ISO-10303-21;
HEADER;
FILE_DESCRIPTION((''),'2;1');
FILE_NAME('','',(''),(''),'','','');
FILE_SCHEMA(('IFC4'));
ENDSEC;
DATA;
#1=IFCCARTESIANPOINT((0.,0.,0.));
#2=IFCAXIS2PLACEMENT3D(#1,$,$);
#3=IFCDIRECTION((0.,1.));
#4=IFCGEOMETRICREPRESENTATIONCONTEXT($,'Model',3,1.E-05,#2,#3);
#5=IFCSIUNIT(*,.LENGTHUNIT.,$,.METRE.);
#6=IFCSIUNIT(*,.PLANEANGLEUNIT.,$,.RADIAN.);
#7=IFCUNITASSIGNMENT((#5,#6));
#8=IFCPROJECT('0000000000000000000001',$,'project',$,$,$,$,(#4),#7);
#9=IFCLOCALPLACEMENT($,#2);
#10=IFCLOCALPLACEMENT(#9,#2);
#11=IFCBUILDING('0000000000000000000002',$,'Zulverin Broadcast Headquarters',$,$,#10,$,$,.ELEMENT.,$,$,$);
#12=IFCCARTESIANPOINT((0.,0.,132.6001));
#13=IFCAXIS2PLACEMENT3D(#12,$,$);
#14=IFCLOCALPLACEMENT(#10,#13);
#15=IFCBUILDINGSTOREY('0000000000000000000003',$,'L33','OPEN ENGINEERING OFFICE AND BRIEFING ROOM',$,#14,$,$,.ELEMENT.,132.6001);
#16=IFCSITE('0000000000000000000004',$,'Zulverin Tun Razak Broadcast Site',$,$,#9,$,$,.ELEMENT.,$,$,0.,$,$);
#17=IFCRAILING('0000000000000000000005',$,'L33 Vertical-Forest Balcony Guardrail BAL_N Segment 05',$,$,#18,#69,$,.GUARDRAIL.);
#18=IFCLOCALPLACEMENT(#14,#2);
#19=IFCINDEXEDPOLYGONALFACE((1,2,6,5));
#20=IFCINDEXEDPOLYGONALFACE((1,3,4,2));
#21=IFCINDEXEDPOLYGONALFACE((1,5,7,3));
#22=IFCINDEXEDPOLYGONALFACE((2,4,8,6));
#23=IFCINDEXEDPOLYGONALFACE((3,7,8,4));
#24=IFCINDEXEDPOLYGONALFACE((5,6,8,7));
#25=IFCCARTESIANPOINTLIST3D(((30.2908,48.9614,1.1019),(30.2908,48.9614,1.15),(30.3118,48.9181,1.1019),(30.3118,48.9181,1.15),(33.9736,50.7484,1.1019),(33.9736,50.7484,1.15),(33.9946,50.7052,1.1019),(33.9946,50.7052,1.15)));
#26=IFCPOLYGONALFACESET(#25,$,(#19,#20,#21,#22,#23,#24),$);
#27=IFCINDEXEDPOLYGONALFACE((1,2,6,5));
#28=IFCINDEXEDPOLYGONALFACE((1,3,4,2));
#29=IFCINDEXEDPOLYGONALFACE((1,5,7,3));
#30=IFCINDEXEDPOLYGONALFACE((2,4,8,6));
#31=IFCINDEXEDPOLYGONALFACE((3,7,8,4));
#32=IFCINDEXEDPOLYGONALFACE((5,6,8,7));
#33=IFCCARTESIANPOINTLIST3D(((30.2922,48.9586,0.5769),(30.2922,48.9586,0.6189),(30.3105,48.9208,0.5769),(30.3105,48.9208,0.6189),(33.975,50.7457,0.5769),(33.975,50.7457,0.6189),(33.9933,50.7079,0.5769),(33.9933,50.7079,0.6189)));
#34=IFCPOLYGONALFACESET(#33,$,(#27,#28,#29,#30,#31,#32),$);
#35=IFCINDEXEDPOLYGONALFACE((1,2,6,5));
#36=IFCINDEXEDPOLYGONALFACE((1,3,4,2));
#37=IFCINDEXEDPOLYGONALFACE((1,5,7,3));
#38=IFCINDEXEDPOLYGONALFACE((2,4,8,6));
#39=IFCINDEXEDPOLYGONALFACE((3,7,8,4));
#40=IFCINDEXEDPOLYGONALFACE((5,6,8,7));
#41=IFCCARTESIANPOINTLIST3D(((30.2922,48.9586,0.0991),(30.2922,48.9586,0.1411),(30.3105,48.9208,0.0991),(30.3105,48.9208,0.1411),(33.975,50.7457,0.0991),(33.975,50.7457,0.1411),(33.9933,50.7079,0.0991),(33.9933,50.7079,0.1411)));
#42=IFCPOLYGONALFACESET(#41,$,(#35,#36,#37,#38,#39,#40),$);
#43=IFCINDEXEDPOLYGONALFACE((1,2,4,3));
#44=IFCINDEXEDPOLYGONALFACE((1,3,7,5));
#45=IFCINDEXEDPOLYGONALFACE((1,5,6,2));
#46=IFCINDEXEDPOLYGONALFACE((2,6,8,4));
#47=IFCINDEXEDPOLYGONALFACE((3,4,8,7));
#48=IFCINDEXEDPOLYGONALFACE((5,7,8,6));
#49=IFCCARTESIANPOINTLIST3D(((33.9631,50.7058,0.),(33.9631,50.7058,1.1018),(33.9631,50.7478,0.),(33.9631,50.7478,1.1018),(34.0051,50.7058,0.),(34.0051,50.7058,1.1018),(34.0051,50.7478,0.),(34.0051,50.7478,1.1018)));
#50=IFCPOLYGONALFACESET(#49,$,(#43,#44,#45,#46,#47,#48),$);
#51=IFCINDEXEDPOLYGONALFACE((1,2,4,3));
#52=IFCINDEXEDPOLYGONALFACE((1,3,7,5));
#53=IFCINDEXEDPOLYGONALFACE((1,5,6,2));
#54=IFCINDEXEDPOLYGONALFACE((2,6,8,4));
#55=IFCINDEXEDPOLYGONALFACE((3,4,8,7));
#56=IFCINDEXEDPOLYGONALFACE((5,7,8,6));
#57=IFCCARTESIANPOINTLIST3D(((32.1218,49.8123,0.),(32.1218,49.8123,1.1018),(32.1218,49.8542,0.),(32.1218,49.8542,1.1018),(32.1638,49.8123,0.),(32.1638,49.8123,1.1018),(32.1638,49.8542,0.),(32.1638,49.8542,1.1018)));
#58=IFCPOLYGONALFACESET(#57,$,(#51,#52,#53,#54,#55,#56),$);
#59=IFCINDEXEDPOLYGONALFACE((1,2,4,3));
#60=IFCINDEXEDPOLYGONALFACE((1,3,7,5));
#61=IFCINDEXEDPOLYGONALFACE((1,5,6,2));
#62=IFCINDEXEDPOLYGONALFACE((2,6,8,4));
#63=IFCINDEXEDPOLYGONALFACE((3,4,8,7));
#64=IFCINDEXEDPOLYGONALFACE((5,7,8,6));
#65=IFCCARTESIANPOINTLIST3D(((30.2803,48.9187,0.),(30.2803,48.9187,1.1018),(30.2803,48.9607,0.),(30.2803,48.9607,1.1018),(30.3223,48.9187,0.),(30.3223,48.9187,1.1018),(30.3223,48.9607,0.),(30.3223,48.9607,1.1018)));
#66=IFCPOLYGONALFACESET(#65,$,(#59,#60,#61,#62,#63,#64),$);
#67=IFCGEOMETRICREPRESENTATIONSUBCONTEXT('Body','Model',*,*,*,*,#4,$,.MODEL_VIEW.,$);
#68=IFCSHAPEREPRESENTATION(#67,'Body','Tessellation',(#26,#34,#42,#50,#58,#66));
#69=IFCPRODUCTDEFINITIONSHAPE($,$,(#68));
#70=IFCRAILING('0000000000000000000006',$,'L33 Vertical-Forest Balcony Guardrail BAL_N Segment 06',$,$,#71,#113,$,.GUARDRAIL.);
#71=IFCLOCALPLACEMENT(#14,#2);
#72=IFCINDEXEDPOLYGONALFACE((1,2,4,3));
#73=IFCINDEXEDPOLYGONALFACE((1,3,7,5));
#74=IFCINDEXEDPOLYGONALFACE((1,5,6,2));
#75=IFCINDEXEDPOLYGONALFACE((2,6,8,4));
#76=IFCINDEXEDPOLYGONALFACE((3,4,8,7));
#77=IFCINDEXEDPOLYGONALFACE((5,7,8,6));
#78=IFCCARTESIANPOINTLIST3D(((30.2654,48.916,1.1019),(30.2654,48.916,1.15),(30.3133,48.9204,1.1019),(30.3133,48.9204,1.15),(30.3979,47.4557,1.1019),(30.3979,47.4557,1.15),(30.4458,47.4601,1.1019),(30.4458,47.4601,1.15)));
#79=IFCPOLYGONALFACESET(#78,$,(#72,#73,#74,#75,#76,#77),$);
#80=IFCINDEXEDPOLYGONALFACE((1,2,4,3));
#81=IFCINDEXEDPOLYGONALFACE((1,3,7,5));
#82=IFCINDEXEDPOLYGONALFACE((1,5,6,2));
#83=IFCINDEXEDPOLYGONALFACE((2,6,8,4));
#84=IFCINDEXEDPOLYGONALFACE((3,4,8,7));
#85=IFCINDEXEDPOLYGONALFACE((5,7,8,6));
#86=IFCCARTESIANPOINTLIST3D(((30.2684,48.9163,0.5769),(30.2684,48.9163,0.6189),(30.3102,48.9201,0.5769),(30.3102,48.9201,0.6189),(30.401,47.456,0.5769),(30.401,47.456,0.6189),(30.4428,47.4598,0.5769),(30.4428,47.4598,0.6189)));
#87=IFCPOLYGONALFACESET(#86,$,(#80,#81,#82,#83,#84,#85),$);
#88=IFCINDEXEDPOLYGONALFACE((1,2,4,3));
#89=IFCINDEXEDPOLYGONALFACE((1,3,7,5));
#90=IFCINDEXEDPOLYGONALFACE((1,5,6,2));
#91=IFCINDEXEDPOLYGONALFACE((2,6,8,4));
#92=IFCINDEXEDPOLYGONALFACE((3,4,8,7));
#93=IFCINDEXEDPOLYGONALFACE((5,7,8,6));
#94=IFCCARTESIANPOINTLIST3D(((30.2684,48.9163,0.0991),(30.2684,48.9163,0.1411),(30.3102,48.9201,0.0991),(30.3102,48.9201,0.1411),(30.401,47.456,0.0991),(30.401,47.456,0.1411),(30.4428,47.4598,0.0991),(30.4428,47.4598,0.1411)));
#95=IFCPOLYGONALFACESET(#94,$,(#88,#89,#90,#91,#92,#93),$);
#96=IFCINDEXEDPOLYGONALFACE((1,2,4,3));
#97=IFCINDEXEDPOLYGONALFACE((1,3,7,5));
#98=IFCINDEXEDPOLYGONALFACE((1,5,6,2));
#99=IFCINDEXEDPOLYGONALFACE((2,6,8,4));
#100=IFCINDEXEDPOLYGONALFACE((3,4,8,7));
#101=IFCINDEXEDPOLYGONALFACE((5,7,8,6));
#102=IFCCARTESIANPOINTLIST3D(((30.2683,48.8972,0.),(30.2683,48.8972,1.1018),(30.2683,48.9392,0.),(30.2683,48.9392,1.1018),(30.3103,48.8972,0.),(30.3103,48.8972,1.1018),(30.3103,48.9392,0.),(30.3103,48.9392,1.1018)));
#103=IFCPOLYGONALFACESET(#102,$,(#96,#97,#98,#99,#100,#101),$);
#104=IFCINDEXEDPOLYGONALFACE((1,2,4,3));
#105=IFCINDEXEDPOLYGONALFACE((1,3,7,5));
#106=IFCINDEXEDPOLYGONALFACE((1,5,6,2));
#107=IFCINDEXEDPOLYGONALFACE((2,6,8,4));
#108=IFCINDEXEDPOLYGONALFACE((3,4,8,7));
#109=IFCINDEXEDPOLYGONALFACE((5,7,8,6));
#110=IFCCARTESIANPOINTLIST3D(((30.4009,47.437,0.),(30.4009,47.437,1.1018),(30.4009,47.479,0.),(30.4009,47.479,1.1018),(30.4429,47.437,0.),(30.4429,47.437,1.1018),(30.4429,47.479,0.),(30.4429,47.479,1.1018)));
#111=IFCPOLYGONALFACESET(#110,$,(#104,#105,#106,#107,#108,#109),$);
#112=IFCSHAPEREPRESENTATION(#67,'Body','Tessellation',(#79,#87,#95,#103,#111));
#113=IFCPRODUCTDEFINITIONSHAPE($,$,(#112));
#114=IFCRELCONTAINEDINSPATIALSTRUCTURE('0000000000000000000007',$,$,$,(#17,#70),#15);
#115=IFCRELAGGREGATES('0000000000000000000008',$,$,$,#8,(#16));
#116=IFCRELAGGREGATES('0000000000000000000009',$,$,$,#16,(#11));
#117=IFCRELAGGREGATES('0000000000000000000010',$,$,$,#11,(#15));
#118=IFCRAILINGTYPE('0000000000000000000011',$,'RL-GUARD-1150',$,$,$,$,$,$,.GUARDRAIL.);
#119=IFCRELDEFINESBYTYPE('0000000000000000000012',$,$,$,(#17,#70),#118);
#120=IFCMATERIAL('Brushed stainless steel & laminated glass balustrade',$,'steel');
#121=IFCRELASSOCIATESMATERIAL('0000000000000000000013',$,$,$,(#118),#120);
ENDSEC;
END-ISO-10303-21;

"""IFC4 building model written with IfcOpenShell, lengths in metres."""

from ifc_helpers import new_model, si_unit, direction, frame, origin, origin_2d, place, context, subcontext, project, spatial, rectangle, extrude, material, type_object, element, save


model = new_model("IFC4")

# Units and contexts
model_context = context("Model", 3, precision=1e-05, world=origin(), true_north=direction((0.0, 1.0)))
body_context = subcontext(model_context, "Body", "Model", "MODEL_VIEW")
ifc_project = project(units=[si_unit("LENGTHUNIT", "METRE"), si_unit("PLANEANGLEUNIT", "RADIAN")], contexts=[model_context])

# Site, building, storey
site_placement = place(None, origin())
site = spatial("IfcSite", under=ifc_project, at=site_placement, Name="Zulverin Tun Razak Broadcast Site", CompositionType="ELEMENT", RefElevation=0.0)
building_placement = place(site_placement, origin())
building = spatial("IfcBuilding", under=site, at=building_placement, Name="Zulverin Broadcast Headquarters", CompositionType="ELEMENT")
storey_placement = place(building_placement, frame((0.0, 0.0, 132.6001)))
storey = spatial("IfcBuildingStorey", under=building, at=storey_placement, Name="L33", Description="OPEN ENGINEERING OFFICE AND BRIEFING ROOM", CompositionType="ELEMENT", Elevation=132.6001)

# Railings
ifc_material_1 = material(Name="Brushed stainless steel & laminated glass balustrade", Category="steel")
railing_type = type_object("IfcRailingType", Name="RL-GUARD-1150", PredefinedType="GUARDRAIL", material=ifc_material_1)
railing_1_placement = place(storey_placement, frame((33.9841, 50.7268, 0.0)))
element("IfcRailing", 1, at=railing_1_placement, inside=storey, type_object=railing_type, Name="L33 Vertical-Forest Balcony Guardrail BAL_N Segment 05", PredefinedType="GUARDRAIL", context=body_context, shape_type="SweptSolid", body=[
    extrude(rectangle(XDim=0.0481, YDim=0.0481, at=origin_2d()), frame((0.0, 0.0, 1.126), z_axis=(-0.899672, -0.436566, 0.0), x_axis=(0.436566, -0.899672, 0.0)), (0.0, 0.0, 1.0), 4.0935),
    extrude(rectangle(XDim=0.042, YDim=0.042, at=origin_2d()), frame((0.0, 0.0, 0.5979), z_axis=(-0.899672, -0.436566, 0.0), x_axis=(0.436566, -0.899672, 0.0)), (0.0, 0.0, 1.0), 4.0935),
    extrude(rectangle(XDim=0.042, YDim=0.042, at=origin_2d()), frame((0.0, 0.0, 0.1201), z_axis=(-0.899672, -0.436566, 0.0), x_axis=(0.436566, -0.899672, 0.0)), (0.0, 0.0, 1.0), 4.0935),
    extrude(rectangle(XDim=0.042, YDim=0.042, at=origin_2d()), origin(), (0.0, 0.0, 1.0), 1.1018),
    extrude(rectangle(XDim=0.042, YDim=0.042, at=origin_2d()), frame((-1.8413, -0.8936, 0.0)), (0.0, 0.0, 1.0), 1.1018),
    extrude(rectangle(XDim=0.042, YDim=0.042, at=origin_2d()), frame((-3.6829, -1.7871, 0.0)), (0.0, 0.0, 1.0), 1.1018),
])
railing_2_placement = place(storey_placement, frame((30.2893, 48.9182, 0.0)))
element("IfcRailing", 2, at=railing_2_placement, inside=storey, type_object=railing_type, Name="L33 Vertical-Forest Balcony Guardrail BAL_N Segment 06", PredefinedType="GUARDRAIL", context=body_context, shape_type="SweptSolid", body=[
    extrude(rectangle(XDim=0.0481, YDim=0.0481, at=origin_2d()), frame((0.0, 0.0, 1.126), z_axis=(0.090416, -0.995904, 0.0), x_axis=(0.995904, 0.090416, 0.0)), (0.0, 0.0, 1.0), 1.4663),
    extrude(rectangle(XDim=0.042, YDim=0.042, at=origin_2d()), frame((0.0, 0.0, 0.5979), z_axis=(0.090416, -0.995904, 0.0), x_axis=(0.995904, 0.090416, 0.0)), (0.0, 0.0, 1.0), 1.4663),
    extrude(rectangle(XDim=0.042, YDim=0.042, at=origin_2d()), frame((0.0, 0.0, 0.1201), z_axis=(0.090416, -0.995904, 0.0), x_axis=(0.995904, 0.090416, 0.0)), (0.0, 0.0, 1.0), 1.4663),
    extrude(rectangle(XDim=0.042, YDim=0.042, at=origin_2d()), origin(), (0.0, 0.0, 1.0), 1.1018),
    extrude(rectangle(XDim=0.042, YDim=0.042, at=origin_2d()), frame((0.1326, -1.4602, 0.0)), (0.0, 0.0, 1.0), 1.1018),
])

save(model, "model.ifc")
